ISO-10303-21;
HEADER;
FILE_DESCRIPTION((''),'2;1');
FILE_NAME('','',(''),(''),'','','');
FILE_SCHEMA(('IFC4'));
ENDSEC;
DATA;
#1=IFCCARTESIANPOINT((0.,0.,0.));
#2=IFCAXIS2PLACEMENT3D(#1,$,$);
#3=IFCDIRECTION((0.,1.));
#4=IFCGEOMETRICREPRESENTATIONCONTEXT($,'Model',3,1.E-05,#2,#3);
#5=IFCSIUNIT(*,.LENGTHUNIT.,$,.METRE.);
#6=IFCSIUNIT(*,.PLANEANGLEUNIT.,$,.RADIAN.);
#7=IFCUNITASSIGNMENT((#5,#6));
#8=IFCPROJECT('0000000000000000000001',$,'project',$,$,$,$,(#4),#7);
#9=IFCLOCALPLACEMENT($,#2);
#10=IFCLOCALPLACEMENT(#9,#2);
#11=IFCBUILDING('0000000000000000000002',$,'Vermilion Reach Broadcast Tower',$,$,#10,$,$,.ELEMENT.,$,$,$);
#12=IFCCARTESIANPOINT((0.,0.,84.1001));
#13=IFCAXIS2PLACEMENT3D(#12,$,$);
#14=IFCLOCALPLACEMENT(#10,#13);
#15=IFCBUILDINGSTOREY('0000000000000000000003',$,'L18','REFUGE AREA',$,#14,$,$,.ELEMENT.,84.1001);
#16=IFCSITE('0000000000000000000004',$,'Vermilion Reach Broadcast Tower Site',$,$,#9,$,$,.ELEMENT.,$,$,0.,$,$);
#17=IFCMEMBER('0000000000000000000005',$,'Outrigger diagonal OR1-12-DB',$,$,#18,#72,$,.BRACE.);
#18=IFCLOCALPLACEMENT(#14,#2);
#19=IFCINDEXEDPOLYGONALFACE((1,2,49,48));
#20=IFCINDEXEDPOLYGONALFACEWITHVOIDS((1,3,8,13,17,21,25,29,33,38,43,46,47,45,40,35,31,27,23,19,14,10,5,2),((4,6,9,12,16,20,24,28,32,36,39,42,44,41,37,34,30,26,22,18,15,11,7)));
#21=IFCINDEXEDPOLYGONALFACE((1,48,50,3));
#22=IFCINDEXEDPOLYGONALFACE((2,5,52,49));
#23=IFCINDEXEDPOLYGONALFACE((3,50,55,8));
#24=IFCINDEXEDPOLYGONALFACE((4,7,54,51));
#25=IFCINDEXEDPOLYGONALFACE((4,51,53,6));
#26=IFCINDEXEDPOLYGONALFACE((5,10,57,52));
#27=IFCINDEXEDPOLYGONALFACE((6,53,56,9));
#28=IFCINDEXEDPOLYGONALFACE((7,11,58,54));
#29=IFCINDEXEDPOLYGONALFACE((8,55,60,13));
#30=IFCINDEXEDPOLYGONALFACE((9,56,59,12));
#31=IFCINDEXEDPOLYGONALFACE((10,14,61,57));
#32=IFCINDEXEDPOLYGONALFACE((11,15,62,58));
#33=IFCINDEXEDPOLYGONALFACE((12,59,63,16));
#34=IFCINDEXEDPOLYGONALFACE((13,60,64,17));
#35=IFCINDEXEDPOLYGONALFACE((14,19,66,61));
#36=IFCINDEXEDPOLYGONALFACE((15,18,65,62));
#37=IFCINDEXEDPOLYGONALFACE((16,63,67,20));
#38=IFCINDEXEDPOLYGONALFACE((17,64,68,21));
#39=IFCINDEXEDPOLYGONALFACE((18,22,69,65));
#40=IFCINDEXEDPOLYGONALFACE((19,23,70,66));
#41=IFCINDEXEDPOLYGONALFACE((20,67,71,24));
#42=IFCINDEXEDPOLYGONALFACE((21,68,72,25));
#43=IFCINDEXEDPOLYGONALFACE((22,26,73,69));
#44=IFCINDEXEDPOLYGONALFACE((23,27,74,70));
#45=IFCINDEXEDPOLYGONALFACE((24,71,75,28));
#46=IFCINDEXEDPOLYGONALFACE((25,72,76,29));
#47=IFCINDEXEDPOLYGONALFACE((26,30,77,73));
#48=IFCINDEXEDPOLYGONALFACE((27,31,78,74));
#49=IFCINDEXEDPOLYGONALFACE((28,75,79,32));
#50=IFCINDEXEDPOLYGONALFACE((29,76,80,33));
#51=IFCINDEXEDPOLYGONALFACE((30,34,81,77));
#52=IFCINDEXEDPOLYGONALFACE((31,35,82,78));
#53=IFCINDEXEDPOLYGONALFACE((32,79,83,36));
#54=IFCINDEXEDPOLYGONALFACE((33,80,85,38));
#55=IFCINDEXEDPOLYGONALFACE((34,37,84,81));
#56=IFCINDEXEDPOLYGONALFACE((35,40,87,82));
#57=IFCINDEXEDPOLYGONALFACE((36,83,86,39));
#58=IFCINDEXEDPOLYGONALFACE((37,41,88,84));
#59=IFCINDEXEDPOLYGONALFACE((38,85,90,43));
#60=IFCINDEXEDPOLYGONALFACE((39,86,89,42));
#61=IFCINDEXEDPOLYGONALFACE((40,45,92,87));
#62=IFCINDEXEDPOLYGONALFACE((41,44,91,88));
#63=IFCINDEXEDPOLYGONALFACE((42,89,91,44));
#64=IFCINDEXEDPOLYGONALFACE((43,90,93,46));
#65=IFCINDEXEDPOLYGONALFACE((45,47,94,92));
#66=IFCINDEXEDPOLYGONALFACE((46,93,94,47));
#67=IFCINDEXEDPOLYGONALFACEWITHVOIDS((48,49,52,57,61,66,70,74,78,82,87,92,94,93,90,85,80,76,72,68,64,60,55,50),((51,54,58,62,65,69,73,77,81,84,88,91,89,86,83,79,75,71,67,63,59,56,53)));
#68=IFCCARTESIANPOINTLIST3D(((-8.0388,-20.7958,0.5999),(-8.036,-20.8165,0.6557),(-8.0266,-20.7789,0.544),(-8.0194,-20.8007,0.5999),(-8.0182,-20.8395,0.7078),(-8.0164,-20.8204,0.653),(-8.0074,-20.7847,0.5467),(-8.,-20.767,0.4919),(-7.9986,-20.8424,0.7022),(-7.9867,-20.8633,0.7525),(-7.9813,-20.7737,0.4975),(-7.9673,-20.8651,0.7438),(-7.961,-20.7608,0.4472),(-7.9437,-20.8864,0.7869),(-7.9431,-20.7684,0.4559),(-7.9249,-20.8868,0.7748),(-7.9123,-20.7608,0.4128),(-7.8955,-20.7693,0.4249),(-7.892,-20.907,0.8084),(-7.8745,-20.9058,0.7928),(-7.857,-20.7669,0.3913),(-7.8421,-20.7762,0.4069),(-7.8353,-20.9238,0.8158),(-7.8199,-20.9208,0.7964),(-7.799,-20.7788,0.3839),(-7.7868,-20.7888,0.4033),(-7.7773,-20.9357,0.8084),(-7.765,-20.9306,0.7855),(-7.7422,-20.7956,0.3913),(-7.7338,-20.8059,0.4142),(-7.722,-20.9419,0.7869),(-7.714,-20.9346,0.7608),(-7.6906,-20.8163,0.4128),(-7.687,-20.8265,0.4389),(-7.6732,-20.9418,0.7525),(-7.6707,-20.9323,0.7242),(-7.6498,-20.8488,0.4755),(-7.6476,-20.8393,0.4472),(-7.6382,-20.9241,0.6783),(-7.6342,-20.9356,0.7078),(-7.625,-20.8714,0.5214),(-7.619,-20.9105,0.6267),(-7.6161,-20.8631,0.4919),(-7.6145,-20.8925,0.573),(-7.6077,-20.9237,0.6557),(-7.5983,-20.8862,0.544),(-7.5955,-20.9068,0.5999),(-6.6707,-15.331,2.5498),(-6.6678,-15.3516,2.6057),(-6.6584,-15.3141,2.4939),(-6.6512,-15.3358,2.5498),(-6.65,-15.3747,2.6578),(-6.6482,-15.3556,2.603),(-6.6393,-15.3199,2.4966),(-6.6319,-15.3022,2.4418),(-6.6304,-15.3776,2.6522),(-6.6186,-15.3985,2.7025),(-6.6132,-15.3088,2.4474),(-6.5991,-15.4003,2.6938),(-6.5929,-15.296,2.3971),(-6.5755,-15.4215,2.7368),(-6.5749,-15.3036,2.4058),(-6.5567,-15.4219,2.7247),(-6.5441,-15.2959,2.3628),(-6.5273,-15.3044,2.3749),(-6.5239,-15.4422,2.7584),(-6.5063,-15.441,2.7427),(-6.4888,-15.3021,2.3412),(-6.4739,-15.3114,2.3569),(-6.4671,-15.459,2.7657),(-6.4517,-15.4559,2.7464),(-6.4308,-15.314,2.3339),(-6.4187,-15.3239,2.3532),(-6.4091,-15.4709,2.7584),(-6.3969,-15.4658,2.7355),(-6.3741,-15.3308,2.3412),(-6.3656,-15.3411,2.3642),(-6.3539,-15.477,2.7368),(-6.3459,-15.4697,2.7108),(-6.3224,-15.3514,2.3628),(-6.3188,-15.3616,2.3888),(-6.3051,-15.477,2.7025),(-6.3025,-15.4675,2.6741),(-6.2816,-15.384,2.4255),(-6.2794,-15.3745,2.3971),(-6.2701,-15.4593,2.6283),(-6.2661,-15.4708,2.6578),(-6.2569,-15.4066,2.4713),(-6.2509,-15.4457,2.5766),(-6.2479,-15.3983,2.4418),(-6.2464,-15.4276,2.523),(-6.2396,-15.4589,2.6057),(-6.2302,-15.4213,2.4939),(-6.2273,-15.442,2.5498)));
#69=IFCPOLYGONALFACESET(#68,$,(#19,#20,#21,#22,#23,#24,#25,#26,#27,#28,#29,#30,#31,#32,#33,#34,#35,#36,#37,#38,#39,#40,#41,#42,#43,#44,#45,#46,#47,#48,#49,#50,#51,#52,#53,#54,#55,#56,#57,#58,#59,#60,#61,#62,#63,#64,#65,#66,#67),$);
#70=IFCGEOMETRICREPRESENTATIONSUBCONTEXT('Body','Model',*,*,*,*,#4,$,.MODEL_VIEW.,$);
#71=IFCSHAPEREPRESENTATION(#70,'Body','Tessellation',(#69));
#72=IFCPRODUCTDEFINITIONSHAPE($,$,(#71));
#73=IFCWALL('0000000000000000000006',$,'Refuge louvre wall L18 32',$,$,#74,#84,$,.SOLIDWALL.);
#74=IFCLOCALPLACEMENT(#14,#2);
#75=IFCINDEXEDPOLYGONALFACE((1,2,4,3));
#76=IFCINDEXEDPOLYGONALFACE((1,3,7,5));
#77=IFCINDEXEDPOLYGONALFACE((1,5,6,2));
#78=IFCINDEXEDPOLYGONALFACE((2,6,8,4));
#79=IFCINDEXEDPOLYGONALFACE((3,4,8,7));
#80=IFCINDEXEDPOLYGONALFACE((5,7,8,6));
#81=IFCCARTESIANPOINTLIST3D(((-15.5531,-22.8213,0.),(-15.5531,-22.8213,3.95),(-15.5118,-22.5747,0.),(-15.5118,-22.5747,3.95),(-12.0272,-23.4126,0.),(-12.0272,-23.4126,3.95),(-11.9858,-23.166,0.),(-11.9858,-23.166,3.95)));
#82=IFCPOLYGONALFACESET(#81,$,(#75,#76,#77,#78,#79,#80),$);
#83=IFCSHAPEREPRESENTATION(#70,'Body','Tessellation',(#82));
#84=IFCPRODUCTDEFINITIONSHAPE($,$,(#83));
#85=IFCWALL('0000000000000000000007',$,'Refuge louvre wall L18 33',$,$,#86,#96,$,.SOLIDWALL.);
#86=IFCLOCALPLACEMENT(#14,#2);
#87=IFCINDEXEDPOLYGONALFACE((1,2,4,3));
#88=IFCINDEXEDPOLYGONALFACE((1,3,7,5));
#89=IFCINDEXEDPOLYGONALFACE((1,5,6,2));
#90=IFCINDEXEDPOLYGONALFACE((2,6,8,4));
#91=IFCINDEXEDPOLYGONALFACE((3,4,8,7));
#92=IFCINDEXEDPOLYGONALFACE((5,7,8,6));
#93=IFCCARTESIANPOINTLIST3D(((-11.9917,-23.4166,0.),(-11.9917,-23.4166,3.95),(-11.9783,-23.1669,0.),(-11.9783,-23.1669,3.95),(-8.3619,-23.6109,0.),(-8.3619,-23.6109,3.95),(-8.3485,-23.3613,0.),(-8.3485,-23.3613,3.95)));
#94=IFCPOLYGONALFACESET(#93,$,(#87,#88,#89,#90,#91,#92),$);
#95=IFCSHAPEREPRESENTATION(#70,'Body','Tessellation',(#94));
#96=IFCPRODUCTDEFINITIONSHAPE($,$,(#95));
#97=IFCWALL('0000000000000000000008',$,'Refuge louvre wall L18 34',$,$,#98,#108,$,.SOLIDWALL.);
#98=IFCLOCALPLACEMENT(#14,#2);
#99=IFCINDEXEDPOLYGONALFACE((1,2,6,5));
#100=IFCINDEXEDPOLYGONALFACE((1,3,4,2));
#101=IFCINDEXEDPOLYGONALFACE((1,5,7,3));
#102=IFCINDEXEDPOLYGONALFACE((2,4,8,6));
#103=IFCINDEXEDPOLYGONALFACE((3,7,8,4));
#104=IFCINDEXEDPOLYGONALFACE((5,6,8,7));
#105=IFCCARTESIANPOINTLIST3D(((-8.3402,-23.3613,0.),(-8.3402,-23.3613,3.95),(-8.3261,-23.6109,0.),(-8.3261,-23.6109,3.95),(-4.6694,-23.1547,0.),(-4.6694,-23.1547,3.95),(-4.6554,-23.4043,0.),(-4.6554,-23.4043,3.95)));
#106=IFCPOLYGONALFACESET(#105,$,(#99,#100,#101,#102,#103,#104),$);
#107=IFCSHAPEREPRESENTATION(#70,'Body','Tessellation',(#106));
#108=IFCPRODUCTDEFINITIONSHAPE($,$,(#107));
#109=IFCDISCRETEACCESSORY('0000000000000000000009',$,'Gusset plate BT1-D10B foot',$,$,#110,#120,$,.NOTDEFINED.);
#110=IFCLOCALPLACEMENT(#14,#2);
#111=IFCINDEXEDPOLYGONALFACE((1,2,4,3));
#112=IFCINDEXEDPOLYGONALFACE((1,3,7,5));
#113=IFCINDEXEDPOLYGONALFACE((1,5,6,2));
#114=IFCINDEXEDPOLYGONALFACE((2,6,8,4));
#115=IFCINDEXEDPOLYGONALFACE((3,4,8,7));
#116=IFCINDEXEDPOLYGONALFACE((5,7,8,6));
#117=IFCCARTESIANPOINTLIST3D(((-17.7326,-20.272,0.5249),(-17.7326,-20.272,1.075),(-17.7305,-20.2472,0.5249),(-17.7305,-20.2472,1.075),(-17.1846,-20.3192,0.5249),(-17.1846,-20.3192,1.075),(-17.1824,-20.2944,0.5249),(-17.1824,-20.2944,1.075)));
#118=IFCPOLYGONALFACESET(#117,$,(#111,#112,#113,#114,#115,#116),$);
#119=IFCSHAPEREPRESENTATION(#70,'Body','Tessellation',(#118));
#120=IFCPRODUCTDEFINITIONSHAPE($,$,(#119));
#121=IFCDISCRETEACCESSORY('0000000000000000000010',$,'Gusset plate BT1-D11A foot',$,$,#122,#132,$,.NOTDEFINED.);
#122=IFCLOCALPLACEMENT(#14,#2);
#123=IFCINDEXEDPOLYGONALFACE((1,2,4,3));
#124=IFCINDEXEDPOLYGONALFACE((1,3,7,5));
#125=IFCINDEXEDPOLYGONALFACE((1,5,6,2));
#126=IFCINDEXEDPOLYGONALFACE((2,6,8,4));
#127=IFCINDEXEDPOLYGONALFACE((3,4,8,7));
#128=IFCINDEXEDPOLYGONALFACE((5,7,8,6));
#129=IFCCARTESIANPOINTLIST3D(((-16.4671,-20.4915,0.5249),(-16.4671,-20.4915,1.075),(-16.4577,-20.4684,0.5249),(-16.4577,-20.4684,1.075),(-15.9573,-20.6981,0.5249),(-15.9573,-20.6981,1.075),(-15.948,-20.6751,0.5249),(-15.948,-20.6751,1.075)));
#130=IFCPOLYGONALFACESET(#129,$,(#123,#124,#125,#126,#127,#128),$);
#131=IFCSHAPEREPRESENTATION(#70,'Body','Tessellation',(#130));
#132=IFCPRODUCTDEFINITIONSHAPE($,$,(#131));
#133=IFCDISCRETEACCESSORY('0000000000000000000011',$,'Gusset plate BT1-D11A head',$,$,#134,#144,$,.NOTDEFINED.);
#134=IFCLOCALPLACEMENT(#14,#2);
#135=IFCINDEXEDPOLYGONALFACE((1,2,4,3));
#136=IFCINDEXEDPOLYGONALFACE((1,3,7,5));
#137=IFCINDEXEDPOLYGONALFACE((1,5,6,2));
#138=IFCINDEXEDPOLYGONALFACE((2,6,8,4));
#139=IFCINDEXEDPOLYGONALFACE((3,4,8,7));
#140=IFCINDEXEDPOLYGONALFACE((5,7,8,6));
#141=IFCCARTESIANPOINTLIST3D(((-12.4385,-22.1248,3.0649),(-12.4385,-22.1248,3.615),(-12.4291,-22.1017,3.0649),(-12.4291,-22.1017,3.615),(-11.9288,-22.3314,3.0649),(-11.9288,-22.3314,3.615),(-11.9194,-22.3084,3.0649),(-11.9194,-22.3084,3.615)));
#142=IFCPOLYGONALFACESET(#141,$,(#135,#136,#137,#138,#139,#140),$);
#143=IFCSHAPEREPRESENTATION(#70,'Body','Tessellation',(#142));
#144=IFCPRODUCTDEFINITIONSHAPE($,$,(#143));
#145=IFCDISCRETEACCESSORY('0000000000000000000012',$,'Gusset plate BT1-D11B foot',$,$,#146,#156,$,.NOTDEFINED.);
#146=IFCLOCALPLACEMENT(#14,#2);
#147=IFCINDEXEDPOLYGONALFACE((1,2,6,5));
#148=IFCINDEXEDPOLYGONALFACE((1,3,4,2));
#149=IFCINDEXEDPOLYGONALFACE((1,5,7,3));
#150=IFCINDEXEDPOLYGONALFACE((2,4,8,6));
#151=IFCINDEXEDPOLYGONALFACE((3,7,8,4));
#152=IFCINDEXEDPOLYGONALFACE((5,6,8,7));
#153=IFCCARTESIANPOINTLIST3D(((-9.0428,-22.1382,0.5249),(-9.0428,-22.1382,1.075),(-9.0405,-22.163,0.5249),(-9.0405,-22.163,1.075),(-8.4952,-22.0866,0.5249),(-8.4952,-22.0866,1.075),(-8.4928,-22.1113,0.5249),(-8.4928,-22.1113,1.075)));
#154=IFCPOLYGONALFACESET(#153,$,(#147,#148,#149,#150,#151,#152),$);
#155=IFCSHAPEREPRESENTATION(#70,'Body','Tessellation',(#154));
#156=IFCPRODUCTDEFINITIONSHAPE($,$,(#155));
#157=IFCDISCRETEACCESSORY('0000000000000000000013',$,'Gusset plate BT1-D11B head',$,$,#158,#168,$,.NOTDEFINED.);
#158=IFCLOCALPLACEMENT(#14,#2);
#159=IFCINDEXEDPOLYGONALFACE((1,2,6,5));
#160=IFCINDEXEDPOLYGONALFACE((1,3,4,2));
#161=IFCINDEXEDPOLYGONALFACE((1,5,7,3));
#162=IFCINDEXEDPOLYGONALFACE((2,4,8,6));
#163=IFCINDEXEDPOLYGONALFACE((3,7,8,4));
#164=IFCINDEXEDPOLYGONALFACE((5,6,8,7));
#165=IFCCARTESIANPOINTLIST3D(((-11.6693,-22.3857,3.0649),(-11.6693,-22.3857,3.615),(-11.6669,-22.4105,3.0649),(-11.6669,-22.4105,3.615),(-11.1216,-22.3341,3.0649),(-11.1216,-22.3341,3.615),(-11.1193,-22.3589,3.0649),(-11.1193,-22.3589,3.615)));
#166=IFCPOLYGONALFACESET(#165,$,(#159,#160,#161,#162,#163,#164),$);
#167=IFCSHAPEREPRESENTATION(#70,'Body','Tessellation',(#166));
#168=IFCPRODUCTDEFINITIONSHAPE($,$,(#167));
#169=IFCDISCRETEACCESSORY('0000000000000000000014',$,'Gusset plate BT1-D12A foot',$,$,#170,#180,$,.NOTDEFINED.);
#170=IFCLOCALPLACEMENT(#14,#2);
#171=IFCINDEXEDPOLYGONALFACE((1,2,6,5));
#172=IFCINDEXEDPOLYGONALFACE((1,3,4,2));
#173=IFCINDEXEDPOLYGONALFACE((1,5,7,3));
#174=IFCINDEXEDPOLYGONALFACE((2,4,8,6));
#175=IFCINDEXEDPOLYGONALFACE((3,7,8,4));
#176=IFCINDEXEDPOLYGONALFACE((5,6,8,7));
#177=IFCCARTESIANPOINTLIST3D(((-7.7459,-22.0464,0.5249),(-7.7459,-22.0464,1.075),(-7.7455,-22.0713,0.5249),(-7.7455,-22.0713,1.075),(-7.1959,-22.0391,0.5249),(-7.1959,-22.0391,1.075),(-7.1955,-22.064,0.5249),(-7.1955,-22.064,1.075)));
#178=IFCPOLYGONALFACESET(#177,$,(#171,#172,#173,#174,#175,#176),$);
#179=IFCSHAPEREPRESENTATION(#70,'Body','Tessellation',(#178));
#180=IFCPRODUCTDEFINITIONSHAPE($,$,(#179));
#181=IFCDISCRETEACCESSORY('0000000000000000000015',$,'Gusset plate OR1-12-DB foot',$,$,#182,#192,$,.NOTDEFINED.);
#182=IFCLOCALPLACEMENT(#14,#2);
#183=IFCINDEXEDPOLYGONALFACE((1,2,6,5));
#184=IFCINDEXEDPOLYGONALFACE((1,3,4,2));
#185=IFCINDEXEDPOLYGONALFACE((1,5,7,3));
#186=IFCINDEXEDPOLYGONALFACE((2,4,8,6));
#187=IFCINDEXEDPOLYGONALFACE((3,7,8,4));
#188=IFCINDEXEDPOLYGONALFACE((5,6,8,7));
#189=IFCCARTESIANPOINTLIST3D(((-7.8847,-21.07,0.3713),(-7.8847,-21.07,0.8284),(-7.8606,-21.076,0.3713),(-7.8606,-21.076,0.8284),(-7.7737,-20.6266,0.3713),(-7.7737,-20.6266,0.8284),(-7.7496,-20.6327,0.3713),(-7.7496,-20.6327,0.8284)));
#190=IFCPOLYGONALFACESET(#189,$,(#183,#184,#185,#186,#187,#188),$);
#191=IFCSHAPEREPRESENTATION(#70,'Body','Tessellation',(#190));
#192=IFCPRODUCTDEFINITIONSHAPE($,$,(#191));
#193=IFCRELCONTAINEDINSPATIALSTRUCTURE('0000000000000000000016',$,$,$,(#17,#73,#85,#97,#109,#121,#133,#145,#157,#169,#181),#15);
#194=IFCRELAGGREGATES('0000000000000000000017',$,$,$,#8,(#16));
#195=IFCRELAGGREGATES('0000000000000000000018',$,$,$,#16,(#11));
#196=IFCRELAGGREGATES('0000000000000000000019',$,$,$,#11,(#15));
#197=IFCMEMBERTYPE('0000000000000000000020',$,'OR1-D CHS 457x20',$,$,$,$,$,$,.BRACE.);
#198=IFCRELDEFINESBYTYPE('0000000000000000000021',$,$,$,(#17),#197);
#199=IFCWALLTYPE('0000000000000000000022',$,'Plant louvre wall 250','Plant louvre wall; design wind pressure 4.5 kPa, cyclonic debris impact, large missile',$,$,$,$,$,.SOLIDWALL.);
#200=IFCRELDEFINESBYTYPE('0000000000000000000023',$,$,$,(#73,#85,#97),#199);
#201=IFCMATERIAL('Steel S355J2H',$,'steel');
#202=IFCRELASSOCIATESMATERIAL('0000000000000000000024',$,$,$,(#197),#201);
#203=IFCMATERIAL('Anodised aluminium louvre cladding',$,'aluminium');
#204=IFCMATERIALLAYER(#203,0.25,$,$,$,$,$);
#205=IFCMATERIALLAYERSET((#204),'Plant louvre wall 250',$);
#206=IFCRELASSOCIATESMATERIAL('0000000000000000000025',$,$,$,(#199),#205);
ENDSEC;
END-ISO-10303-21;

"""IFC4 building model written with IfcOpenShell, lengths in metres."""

from ifc_helpers import new_model, si_unit, direction, frame, frame_2d, origin, origin_2d, place, context, subcontext, project, spatial, rectangle, hollow_circle, extrude, material, layer, layer_set, material_profile, profile_set, type_object, element, save


model = new_model("IFC4")

# Units and contexts
model_context = context("Model", 3, precision=1e-05, world=origin(), true_north=direction((0.0, 1.0)))
body_context = subcontext(model_context, "Body", "Model", "MODEL_VIEW")
ifc_project = project(units=[si_unit("LENGTHUNIT", "METRE"), si_unit("PLANEANGLEUNIT", "RADIAN")], contexts=[model_context])

# Site, building, storey
site_placement = place(None, origin())
site = spatial("IfcSite", under=ifc_project, at=site_placement, Name="Vermilion Reach Broadcast Tower Site", CompositionType="ELEMENT", RefElevation=0.0)
building_placement = place(site_placement, origin())
building = spatial("IfcBuilding", under=site, at=building_placement, Name="Vermilion Reach Broadcast Tower", CompositionType="ELEMENT")
storey_placement = place(building_placement, frame((0.0, 0.0, 84.1001)))
storey = spatial("IfcBuildingStorey", under=building, at=storey_placement, Name="L18", Description="REFUGE AREA", CompositionType="ELEMENT", Elevation=84.1001)

# Member
ifc_material_1 = material(Name="Steel S355J2H", Category="steel")
ifc_material_profile_1 = material_profile(ifc_material_1, hollow_circle(Radius=0.2285, WallThickness=0.02, at=origin_2d()), Name="S355J2H CHS 457x20")
ifc_profile_set_1 = profile_set([ifc_material_profile_1], Name="Steel S355J2H")
member_type_1 = type_object("IfcMemberType", Name="OR1-D CHS 457x20", PredefinedType="BRACE", material=ifc_profile_set_1)
member_1_placement = place(storey_placement, frame((-7.8171, -20.8513, 0.5999), z_axis=(0.229502, 0.916699, 0.327094), x_axis=(-0.970061, 0.242862, 0.0)))
element("IfcMember", 1, at=member_1_placement, inside=storey, type_object=member_type_1, Name="Outrigger diagonal OR1-12-DB", PredefinedType="BRACE", context=body_context, shape_type="SweptSolid", body=[
    extrude(hollow_circle(Radius=0.2285, WallThickness=0.02, at=origin_2d()), origin(), (0.0, 0.0, 1.0), 5.9614),
])

# Walls
ifc_material_2 = material(Name="Anodised aluminium louvre cladding", Category="aluminium")
ifc_layer = layer(ifc_material_2, 0.25)
ifc_layer_set = layer_set([ifc_layer], Name="Plant louvre wall 250")
wall_type = type_object("IfcWallType", Name="Plant louvre wall 250", Description="Plant louvre wall; design wind pressure 4.5 kPa, cyclonic debris impact, large missile", PredefinedType="SOLIDWALL", material=ifc_layer_set)
wall_1_placement = place(storey_placement, frame((-15.5325, -22.698, 0.0), z_axis=(0.0, 0.0, 1.0), x_axis=(0.986227, -0.165396, 0.0)))
element("IfcWall", 2, at=wall_1_placement, inside=storey, type_object=wall_type, Name="Refuge louvre wall L18 32", PredefinedType="SOLIDWALL", context=body_context, shape_type="SweptSolid", body=[
    extrude(rectangle(XDim=3.5752, YDim=0.25, at=frame_2d((1.7876, 0.0))), origin(), (0.0, 0.0, 1.0), 3.95),
])
wall_2_placement = place(storey_placement, frame((-11.9849, -23.2917, 0.0), z_axis=(0.0, 0.0, 1.0), x_axis=(0.99857, -0.053461, 0.0)))
element("IfcWall", 3, at=wall_2_placement, inside=storey, type_object=wall_type, Name="Refuge louvre wall L18 33", PredefinedType="SOLIDWALL", context=body_context, shape_type="SweptSolid", body=[
    extrude(rectangle(XDim=3.635, YDim=0.25, at=frame_2d((1.8174, 0.0))), origin(), (0.0, 0.0, 1.0), 3.95),
])
wall_3_placement = place(storey_placement, frame((-8.3333, -23.4861, 0.0), z_axis=(0.0, 0.0, 1.0), x_axis=(0.998421, 0.05618, 0.0)))
element("IfcWall", 4, at=wall_3_placement, inside=storey, type_object=wall_type, Name="Refuge louvre wall L18 34", PredefinedType="SOLIDWALL", context=body_context, shape_type="SweptSolid", body=[
    extrude(rectangle(XDim=3.6765, YDim=0.25, at=frame_2d((1.8384, 0.0))), origin(), (0.0, 0.0, 1.0), 3.95),
])

# Discrete accessories
for number, where, z_axis, x_axis, name in (
    (5, (-17.4575, -20.2832, 0.5249), (0.0, 0.0, 1.0), (-0.085715, -0.99632, 0.0), "Gusset plate BT1-D10B foot"),
    (6, (-16.2075, -20.5833, 0.5249), (0.0, 0.0, 1.0), (0.375747, 0.926722, 0.0), "Gusset plate BT1-D11A foot"),
    (7, (-12.179, -22.2166, 3.0649), (0.0, 0.0, 1.0), (0.375747, 0.926722, 0.0), "Gusset plate BT1-D11A head"),
    (8, (-8.7678, -22.1248, 0.5249), (0.0, 0.0, 1.0), (0.093824, -0.995589, 0.0), "Gusset plate BT1-D11B foot"),
    (9, (-11.3943, -22.3723, 3.0649), (0.0, 0.0, 1.0), (0.093824, -0.995589, 0.0), "Gusset plate BT1-D11B head"),
    (10, (-7.4707, -22.0552, 0.5249), (0.0, 0.0, 1.0), (-0.013339, 0.999911, 0.0), "Gusset plate BT1-D12A foot"),
):
    element("IfcDiscreteAccessory", number, at=place(storey_placement, frame(where, z_axis=z_axis, x_axis=x_axis)), inside=storey, Name=name, PredefinedType="NOTDEFINED", context=body_context, shape_type="SweptSolid", body=[
        extrude(rectangle(XDim=0.0249, YDim=0.55, at=origin_2d()), origin(), (0.0, 0.0, 1.0), 0.55),
    ])
discrete_accessory_placement = place(storey_placement, frame((-7.8171, -20.8513, 0.3713), z_axis=(0.0, 0.0, 1.0), x_axis=(0.970061, -0.242861, 0.0)))
element("IfcDiscreteAccessory", 11, at=discrete_accessory_placement, inside=storey, Name="Gusset plate OR1-12-DB foot", PredefinedType="NOTDEFINED", context=body_context, shape_type="SweptSolid", body=[
    extrude(rectangle(XDim=0.0249, YDim=0.457, at=origin_2d()), origin(), (0.0, 0.0, 1.0), 0.457),
])

save(model, "model.ifc")
